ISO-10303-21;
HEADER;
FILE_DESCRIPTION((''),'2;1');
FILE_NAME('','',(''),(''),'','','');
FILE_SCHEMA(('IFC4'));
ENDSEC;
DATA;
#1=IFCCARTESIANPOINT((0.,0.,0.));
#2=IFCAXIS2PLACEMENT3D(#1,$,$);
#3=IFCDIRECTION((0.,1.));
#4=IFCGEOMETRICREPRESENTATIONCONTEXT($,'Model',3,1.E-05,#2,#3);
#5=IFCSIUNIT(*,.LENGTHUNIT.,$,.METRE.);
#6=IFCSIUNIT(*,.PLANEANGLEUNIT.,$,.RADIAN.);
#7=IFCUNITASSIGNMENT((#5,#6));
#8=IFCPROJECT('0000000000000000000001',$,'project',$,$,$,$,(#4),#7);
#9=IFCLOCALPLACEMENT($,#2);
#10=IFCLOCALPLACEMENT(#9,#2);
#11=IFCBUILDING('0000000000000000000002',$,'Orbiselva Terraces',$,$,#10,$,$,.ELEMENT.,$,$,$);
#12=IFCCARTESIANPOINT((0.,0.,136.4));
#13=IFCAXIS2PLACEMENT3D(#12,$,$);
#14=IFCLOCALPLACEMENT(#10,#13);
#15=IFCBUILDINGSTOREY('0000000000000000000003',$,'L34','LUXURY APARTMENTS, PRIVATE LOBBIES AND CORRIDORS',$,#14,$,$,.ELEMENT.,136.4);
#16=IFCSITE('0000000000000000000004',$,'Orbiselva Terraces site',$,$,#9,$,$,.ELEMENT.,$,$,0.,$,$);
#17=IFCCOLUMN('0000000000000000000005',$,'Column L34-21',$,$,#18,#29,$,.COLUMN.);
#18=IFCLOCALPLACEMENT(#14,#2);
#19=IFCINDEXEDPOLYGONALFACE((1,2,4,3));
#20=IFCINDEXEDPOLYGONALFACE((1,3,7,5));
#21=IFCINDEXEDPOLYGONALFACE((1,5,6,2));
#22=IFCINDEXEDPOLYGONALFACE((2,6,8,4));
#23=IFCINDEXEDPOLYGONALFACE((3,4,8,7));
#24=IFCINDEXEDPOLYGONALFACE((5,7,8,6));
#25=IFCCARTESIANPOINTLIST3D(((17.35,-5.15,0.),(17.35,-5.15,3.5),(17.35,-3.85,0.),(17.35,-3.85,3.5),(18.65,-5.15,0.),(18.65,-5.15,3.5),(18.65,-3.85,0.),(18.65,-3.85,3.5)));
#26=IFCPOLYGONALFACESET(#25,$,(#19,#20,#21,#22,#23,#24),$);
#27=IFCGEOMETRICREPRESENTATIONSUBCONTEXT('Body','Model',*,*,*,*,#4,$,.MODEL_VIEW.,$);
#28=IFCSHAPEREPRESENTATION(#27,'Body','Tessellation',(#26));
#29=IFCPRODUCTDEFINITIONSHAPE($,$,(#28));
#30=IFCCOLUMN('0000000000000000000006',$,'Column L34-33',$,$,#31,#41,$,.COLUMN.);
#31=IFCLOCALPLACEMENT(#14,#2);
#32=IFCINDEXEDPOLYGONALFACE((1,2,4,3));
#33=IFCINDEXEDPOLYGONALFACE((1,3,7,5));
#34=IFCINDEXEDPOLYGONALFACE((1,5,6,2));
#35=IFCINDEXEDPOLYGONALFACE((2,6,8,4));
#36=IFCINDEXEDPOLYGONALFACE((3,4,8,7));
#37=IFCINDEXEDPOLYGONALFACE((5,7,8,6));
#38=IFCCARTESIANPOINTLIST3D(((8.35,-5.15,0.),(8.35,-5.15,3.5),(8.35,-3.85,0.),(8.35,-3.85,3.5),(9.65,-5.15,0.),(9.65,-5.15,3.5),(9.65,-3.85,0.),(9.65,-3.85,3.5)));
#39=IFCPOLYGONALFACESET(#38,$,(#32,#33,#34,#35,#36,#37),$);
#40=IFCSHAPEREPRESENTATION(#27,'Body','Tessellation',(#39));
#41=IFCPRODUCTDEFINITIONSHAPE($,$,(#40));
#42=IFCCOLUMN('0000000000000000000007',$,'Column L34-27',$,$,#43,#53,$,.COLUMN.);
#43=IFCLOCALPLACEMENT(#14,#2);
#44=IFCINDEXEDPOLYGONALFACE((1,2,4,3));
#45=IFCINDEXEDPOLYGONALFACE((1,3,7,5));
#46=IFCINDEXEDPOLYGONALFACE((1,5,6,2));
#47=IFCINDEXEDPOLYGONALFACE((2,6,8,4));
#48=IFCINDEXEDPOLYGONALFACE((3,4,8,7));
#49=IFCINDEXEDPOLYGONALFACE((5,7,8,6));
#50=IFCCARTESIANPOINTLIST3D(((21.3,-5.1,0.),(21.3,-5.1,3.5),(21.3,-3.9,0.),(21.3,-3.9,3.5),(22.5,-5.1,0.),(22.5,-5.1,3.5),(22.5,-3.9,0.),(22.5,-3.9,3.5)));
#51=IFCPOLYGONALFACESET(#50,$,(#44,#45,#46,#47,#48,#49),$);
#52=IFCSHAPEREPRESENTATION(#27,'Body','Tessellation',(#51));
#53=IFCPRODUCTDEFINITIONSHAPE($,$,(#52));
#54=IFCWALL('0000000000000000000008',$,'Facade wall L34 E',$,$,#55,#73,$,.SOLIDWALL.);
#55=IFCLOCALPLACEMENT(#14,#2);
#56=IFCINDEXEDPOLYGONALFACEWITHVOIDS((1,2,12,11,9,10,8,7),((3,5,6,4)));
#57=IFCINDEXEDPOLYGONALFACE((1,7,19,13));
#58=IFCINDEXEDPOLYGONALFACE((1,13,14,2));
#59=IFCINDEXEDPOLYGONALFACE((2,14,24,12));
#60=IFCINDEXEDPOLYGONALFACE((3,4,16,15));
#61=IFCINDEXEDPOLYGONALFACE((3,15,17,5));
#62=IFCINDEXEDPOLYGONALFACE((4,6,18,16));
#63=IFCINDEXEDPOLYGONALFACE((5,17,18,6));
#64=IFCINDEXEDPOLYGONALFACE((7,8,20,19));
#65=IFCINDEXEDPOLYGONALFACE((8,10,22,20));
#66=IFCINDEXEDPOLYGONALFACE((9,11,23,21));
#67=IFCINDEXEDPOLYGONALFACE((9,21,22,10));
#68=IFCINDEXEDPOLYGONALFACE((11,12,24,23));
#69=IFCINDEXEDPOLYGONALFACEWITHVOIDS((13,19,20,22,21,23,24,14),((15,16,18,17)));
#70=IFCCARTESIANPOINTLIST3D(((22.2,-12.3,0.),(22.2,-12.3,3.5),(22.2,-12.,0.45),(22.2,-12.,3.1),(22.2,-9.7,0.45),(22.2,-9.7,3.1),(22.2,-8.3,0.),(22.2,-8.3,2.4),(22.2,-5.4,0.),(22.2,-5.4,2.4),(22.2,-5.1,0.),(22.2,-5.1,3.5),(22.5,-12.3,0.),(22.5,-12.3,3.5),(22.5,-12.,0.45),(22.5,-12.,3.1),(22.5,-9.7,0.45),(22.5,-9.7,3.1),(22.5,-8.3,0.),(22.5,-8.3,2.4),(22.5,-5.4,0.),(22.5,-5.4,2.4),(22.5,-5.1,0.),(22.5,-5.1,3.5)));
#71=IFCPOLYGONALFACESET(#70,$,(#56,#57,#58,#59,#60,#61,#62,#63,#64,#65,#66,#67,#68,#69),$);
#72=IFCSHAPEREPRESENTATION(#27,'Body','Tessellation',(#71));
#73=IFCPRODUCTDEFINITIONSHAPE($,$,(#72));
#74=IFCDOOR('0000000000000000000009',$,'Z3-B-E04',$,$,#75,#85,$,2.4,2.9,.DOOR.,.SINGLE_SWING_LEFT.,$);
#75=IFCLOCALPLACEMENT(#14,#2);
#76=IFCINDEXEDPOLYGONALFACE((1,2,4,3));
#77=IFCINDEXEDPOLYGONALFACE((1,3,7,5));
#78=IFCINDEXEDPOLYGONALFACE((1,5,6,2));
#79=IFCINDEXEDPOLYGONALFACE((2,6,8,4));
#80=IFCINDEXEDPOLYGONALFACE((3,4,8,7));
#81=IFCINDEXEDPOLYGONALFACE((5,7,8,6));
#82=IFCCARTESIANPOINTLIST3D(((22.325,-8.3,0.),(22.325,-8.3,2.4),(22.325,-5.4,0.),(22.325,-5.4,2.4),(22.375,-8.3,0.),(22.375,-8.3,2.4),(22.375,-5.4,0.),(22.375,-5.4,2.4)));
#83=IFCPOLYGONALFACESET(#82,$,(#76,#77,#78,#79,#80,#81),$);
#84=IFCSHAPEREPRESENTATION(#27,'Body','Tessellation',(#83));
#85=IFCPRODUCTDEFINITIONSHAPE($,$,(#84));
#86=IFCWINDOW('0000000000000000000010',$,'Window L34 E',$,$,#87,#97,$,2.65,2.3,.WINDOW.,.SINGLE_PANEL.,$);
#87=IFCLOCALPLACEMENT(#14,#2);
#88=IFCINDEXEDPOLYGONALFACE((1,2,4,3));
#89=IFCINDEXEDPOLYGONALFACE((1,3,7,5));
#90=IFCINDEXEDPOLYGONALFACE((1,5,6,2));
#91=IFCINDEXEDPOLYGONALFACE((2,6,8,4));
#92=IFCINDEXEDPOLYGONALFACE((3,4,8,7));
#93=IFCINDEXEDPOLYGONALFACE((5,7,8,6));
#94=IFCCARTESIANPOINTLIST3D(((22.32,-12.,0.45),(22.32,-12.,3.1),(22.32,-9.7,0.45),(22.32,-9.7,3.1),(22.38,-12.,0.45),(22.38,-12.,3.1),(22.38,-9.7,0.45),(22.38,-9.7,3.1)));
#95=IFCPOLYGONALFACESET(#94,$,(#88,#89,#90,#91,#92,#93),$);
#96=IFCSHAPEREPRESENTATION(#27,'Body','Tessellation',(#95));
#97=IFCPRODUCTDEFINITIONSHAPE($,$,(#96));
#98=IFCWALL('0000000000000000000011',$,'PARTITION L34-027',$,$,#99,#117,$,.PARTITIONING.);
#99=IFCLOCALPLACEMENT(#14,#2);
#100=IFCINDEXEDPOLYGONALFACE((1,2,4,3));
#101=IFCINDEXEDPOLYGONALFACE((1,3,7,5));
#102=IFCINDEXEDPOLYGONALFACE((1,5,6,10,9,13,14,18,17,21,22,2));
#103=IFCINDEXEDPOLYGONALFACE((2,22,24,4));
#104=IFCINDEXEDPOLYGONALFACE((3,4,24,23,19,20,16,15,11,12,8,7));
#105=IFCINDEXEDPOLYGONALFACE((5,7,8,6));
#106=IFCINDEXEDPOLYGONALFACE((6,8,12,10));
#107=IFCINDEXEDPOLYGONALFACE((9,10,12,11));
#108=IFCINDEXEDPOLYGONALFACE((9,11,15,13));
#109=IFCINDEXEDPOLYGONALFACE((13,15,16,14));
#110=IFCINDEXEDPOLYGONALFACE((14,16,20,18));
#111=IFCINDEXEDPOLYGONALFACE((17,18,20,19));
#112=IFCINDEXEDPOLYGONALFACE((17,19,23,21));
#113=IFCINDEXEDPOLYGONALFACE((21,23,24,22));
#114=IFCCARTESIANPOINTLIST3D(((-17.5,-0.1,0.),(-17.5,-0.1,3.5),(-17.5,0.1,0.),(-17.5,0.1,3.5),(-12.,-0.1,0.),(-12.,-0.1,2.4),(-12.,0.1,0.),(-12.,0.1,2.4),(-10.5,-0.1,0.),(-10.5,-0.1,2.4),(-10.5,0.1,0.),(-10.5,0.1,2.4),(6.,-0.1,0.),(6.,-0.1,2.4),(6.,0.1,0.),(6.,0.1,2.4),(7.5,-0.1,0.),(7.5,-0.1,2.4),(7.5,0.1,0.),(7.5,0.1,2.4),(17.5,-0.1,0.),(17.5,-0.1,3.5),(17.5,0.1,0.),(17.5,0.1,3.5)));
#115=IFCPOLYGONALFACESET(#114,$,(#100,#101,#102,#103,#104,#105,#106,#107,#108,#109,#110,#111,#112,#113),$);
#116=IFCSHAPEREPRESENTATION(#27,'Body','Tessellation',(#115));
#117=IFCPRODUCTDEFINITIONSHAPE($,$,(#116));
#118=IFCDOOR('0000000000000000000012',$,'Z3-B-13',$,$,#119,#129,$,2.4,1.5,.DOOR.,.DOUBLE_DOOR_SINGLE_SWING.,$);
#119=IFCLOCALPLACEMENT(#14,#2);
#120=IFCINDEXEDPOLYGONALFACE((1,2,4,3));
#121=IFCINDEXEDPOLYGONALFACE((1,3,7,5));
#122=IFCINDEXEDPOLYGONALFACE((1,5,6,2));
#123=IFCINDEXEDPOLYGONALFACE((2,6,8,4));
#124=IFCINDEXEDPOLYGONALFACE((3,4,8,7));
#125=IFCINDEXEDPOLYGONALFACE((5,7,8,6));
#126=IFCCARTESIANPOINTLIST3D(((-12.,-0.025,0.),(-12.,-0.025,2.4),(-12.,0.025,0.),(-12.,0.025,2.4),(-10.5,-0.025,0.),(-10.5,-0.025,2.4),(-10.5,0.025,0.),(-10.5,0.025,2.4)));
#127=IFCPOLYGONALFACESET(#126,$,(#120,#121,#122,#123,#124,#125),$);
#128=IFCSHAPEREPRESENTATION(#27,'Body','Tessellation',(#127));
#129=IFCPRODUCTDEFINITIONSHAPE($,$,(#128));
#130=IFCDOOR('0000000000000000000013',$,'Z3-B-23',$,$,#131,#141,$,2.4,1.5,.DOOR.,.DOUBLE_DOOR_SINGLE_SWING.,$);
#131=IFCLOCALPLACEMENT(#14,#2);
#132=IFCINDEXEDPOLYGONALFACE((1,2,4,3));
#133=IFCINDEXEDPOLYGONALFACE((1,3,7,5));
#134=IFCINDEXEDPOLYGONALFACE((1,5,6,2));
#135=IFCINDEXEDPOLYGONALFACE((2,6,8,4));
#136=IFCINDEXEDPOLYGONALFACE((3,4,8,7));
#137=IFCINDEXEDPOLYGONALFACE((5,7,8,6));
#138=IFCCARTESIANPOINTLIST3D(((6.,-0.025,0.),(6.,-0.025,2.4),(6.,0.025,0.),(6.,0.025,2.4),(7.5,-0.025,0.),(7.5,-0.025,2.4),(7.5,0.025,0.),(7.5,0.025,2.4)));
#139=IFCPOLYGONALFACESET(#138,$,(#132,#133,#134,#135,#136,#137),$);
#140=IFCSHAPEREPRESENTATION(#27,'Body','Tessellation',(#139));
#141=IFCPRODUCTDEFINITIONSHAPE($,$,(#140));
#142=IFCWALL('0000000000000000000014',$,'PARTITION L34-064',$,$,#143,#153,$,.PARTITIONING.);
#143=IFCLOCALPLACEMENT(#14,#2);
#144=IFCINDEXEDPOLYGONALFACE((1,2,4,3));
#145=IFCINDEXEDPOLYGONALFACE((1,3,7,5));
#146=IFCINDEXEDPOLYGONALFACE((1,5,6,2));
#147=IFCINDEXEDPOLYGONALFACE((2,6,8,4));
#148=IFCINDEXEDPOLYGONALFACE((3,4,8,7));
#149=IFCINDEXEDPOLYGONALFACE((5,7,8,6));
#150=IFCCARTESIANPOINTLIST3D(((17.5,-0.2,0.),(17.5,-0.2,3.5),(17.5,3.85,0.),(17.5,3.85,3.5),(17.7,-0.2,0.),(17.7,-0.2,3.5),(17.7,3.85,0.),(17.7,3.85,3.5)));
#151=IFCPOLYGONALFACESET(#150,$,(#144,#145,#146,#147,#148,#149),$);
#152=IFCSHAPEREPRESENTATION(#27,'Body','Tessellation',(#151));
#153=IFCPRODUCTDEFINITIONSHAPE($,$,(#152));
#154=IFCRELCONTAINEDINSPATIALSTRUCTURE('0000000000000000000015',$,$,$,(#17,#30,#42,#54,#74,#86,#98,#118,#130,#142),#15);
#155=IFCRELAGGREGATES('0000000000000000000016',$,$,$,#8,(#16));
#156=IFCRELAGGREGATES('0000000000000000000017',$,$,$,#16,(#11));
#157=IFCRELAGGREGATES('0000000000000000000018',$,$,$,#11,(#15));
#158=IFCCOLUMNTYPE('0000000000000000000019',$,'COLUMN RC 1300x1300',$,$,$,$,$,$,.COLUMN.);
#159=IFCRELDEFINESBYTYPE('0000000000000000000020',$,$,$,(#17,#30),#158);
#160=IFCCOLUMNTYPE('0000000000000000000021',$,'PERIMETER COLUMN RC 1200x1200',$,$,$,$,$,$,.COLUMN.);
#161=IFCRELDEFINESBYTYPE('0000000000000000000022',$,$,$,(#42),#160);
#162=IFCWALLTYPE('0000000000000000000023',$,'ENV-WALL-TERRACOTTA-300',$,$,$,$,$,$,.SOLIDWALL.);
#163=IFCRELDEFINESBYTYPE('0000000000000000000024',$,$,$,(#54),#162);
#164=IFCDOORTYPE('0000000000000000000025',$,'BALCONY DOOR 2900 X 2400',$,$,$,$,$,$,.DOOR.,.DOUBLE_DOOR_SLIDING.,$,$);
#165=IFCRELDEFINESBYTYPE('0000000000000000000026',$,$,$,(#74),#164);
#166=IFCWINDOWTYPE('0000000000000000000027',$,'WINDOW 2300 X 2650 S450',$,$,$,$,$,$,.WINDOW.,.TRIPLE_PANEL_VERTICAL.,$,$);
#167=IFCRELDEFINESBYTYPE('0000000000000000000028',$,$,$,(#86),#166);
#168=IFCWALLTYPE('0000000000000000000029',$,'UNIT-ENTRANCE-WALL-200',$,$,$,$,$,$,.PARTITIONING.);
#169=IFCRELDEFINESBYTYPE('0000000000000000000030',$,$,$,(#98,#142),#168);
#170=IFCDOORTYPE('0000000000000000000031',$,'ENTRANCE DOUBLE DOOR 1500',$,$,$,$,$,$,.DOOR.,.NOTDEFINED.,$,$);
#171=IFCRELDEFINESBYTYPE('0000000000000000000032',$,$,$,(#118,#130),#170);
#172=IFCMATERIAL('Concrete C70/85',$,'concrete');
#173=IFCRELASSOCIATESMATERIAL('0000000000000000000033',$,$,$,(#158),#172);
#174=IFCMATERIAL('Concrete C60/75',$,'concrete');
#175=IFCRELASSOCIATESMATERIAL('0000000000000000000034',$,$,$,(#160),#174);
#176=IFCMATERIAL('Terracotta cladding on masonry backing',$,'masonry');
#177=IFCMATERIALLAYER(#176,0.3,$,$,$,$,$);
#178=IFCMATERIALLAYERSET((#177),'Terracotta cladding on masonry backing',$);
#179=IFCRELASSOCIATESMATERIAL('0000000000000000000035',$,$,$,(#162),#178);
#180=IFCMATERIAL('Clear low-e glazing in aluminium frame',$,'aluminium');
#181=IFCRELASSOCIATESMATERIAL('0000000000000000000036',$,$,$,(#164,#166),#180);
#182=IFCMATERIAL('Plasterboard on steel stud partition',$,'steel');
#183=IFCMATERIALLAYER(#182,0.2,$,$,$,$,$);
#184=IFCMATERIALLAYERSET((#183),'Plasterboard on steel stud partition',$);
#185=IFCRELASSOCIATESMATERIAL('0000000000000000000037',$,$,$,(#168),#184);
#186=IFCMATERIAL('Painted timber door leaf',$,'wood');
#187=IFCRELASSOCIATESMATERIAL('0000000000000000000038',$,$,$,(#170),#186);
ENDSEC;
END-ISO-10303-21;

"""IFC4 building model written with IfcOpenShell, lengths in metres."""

from ifc_helpers import new_model, si_unit, direction, frame, frame_2d, origin, origin_2d, place, context, subcontext, project, spatial, rectangle, extrude, material, layer, layer_set, material_profile, profile_set, type_object, element, fill, save


model = new_model("IFC4")

# Units and contexts
model_context = context("Model", 3, precision=1e-05, world=origin(), true_north=direction((0.0, 1.0)))
body_context = subcontext(model_context, "Body", "Model", "MODEL_VIEW")
ifc_project = project(units=[si_unit("LENGTHUNIT", "METRE"), si_unit("PLANEANGLEUNIT", "RADIAN")], contexts=[model_context])

# Site, building, storey
site_placement = place(None, origin())
site = spatial("IfcSite", under=ifc_project, at=site_placement, Name="Orbiselva Terraces site", CompositionType="ELEMENT", RefElevation=0.0)
building_placement = place(site_placement, origin())
building = spatial("IfcBuilding", under=site, at=building_placement, Name="Orbiselva Terraces", CompositionType="ELEMENT")
storey_placement = place(building_placement, frame((0.0, 0.0, 136.4)))
storey = spatial("IfcBuildingStorey", under=building, at=storey_placement, Name="L34", Description="LUXURY APARTMENTS, PRIVATE LOBBIES AND CORRIDORS", CompositionType="ELEMENT", Elevation=136.4)

# Columns
ifc_material_1 = material(Name="Concrete C70/85", Category="concrete")
ifc_material_profile_1 = material_profile(ifc_material_1, rectangle(XDim=1.3, YDim=1.3, at=origin_2d()), Name="RC 1300x1300")
ifc_profile_set_1 = profile_set([ifc_material_profile_1], Name="Concrete C70/85")
column_type_1 = type_object("IfcColumnType", Name="COLUMN RC 1300x1300", PredefinedType="COLUMN", material=ifc_profile_set_1)
for number, where, z_axis, x_axis, name in (
    (1, (18.0, -4.5, 0.0), (0.0, 0.0, 1.0), (1.0, 0.0, 0.0), "Column L34-21"),
    (2, (9.0, -4.5, 0.0), (0.0, 0.0, 1.0), (1.0, 0.0, 0.0), "Column L34-33"),
):
    element("IfcColumn", number, at=place(storey_placement, frame(where, z_axis=z_axis, x_axis=x_axis)), inside=storey, type_object=column_type_1, Name=name, PredefinedType="COLUMN", context=body_context, shape_type="SweptSolid", body=[
        extrude(rectangle(XDim=1.3, YDim=1.3, at=origin_2d()), origin(), (0.0, 0.0, 1.0), 3.5),
    ])
ifc_material_2 = material(Name="Concrete C60/75", Category="concrete")
ifc_material_profile_2 = material_profile(ifc_material_2, rectangle(XDim=1.2, YDim=1.2, at=origin_2d()), Name="RC 1200x1200")
ifc_profile_set_2 = profile_set([ifc_material_profile_2], Name="Concrete C60/75")
column_type_2 = type_object("IfcColumnType", Name="PERIMETER COLUMN RC 1200x1200", PredefinedType="COLUMN", material=ifc_profile_set_2)
column_placement = place(storey_placement, frame((21.9, -4.5, 0.0), z_axis=(0.0, 0.0, 1.0), x_axis=(1.0, 0.0, 0.0)))
element("IfcColumn", 3, at=column_placement, inside=storey, type_object=column_type_2, Name="Column L34-27", PredefinedType="COLUMN", context=body_context, shape_type="SweptSolid", body=[
    extrude(rectangle(XDim=1.2, YDim=1.2, at=origin_2d()), origin(), (0.0, 0.0, 1.0), 3.5),
])

# Wall, openings, door, window
ifc_material_3 = material(Name="Terracotta cladding on masonry backing", Category="masonry")
ifc_layer_1 = layer(ifc_material_3, 0.3)
ifc_layer_set_1 = layer_set([ifc_layer_1], Name="Terracotta cladding on masonry backing")
wall_type_1 = type_object("IfcWallType", Name="ENV-WALL-TERRACOTTA-300", PredefinedType="SOLIDWALL", material=ifc_layer_set_1)
wall_1_placement = place(storey_placement, frame((22.35, -5.1, 0.0), z_axis=(0.0, 0.0, 1.0), x_axis=(0.0, -1.0, 0.0)))
wall_1 = element("IfcWall", 4, at=wall_1_placement, inside=storey, type_object=wall_type_1, Name="Facade wall L34 E", PredefinedType="SOLIDWALL", context=body_context, shape_type="SweptSolid", body=[
    extrude(rectangle(XDim=7.2, YDim=0.3, at=frame_2d((3.6, 0.0))), origin(), (0.0, 0.0, 1.0), 3.5),
])
opening_1_placement = place(wall_1_placement, frame((4.6, 0.0, 0.45)))
opening_1 = element("IfcOpeningElement", 5, at=opening_1_placement, cuts=wall_1, PredefinedType="OPENING", context=body_context, shape_type="SweptSolid", body=[
    extrude(rectangle(XDim=2.3, YDim=2.65, at=frame_2d((1.15, 1.325))), frame((0.0, 0.16, 0.0), z_axis=(0.0, -1.0, 0.0), x_axis=(1.0, 0.0, 0.0)), (0.0, 0.0, 1.0), 0.32),
])
opening_2_placement = place(wall_1_placement, frame((0.3, 0.0, 0.0)))
opening_2 = element("IfcOpeningElement", 6, at=opening_2_placement, cuts=wall_1, PredefinedType="OPENING", context=body_context, shape_type="SweptSolid", body=[
    extrude(rectangle(XDim=2.9, YDim=2.4, at=frame_2d((1.45, 1.2))), frame((0.0, 0.16, 0.0), z_axis=(0.0, -1.0, 0.0), x_axis=(1.0, 0.0, 0.0)), (0.0, 0.0, 1.0), 0.32),
])
ifc_material_4 = material(Name="Clear low-e glazing in aluminium frame", Category="aluminium")
door_type_1 = type_object("IfcDoorType", Name="BALCONY DOOR 2900 X 2400", OperationType="DOUBLE_DOOR_SLIDING", PredefinedType="DOOR", material=ifc_material_4)
door_1_placement = place(opening_2_placement, origin())
door_1 = element("IfcDoor", 7, at=door_1_placement, inside=storey, type_object=door_type_1, Name="Z3-B-E04", OperationType="SINGLE_SWING_LEFT", OverallHeight=2.4, OverallWidth=2.9, PredefinedType="DOOR", context=body_context, shape_type="SweptSolid", body=[
    extrude(rectangle(XDim=2.9, YDim=2.4, at=frame_2d((1.45, 1.2))), frame((0.0, 0.025, 0.0), z_axis=(0.0, -1.0, 0.0), x_axis=(1.0, 0.0, 0.0)), (0.0, 0.0, 1.0), 0.05),
])
fill(opening_2, door_1)
window_type = type_object("IfcWindowType", Name="WINDOW 2300 X 2650 S450", PartitioningType="TRIPLE_PANEL_VERTICAL", PredefinedType="WINDOW", material=ifc_material_4)
window_placement = place(opening_1_placement, origin())
window = element("IfcWindow", 8, at=window_placement, inside=storey, type_object=window_type, Name="Window L34 E", OverallHeight=2.65, OverallWidth=2.3, PartitioningType="SINGLE_PANEL", PredefinedType="WINDOW", context=body_context, shape_type="SweptSolid", body=[
    extrude(rectangle(XDim=2.3, YDim=2.65, at=frame_2d((1.15, 1.325))), frame((0.0, 0.03, 0.0), z_axis=(0.0, -1.0, 0.0), x_axis=(1.0, 0.0, 0.0)), (0.0, 0.0, 1.0), 0.06),
])
fill(opening_1, window)

# Wall, openings, doors
ifc_material_5 = material(Name="Plasterboard on steel stud partition", Category="steel")
ifc_layer_2 = layer(ifc_material_5, 0.2)
ifc_layer_set_2 = layer_set([ifc_layer_2], Name="Plasterboard on steel stud partition")
wall_type_2 = type_object("IfcWallType", Name="UNIT-ENTRANCE-WALL-200", PredefinedType="PARTITIONING", material=ifc_layer_set_2)
wall_2_placement = place(storey_placement, frame((17.5, 0.0, 0.0), z_axis=(0.0, 0.0, 1.0), x_axis=(-1.0, 0.0, 0.0)))
wall_2 = element("IfcWall", 9, at=wall_2_placement, inside=storey, type_object=wall_type_2, Name="PARTITION L34-027", PredefinedType="PARTITIONING", context=body_context, shape_type="SweptSolid", body=[
    extrude(rectangle(XDim=35.0, YDim=0.2, at=frame_2d((17.5, 0.0))), origin(), (0.0, 0.0, 1.0), 3.5),
])
opening_3_placement = place(wall_2_placement, frame((28.0, 0.0, 0.0)))
opening_3 = element("IfcOpeningElement", 10, at=opening_3_placement, cuts=wall_2, PredefinedType="OPENING", context=body_context, shape_type="SweptSolid", body=[
    extrude(rectangle(XDim=1.5, YDim=2.4, at=frame_2d((0.75, 1.2))), frame((0.0, 0.11, 0.0), z_axis=(0.0, -1.0, 0.0), x_axis=(1.0, 0.0, 0.0)), (0.0, 0.0, 1.0), 0.22),
])
opening_4_placement = place(wall_2_placement, frame((10.0, 0.0, 0.0)))
opening_4 = element("IfcOpeningElement", 11, at=opening_4_placement, cuts=wall_2, PredefinedType="OPENING", context=body_context, shape_type="SweptSolid", body=[
    extrude(rectangle(XDim=1.5, YDim=2.4, at=frame_2d((0.75, 1.2))), frame((0.0, 0.11, 0.0), z_axis=(0.0, -1.0, 0.0), x_axis=(1.0, 0.0, 0.0)), (0.0, 0.0, 1.0), 0.22),
])
ifc_material_6 = material(Name="Painted timber door leaf", Category="wood")
door_type_2 = type_object("IfcDoorType", Name="ENTRANCE DOUBLE DOOR 1500", OperationType="NOTDEFINED", PredefinedType="DOOR", material=ifc_material_6)
door_2_placement = place(opening_3_placement, origin())
door_2 = element("IfcDoor", 12, at=door_2_placement, inside=storey, type_object=door_type_2, Name="Z3-B-13", OperationType="DOUBLE_DOOR_SINGLE_SWING", OverallHeight=2.4, OverallWidth=1.5, PredefinedType="DOOR", context=body_context, shape_type="SweptSolid", body=[
    extrude(rectangle(XDim=1.5, YDim=2.4, at=frame_2d((0.75, 1.2))), frame((0.0, 0.025, 0.0), z_axis=(0.0, -1.0, 0.0), x_axis=(1.0, 0.0, 0.0)), (0.0, 0.0, 1.0), 0.05),
])
fill(opening_3, door_2)
door_3_placement = place(opening_4_placement, origin())
door_3 = element("IfcDoor", 13, at=door_3_placement, inside=storey, type_object=door_type_2, Name="Z3-B-23", OperationType="DOUBLE_DOOR_SINGLE_SWING", OverallHeight=2.4, OverallWidth=1.5, PredefinedType="DOOR", context=body_context, shape_type="SweptSolid", body=[
    extrude(rectangle(XDim=1.5, YDim=2.4, at=frame_2d((0.75, 1.2))), frame((0.0, 0.025, 0.0), z_axis=(0.0, -1.0, 0.0), x_axis=(1.0, 0.0, 0.0)), (0.0, 0.0, 1.0), 0.05),
])
fill(opening_4, door_3)

# Wall
wall_3_placement = place(storey_placement, frame((17.6, -0.2, 0.0), z_axis=(0.0, 0.0, 1.0), x_axis=(0.0, 1.0, 0.0)))
element("IfcWall", 14, at=wall_3_placement, inside=storey, type_object=wall_type_2, Name="PARTITION L34-064", PredefinedType="PARTITIONING", context=body_context, shape_type="SweptSolid", body=[
    extrude(rectangle(XDim=4.05, YDim=0.2, at=frame_2d((2.025, 0.0))), origin(), (0.0, 0.0, 1.0), 3.5),
])

save(model, "model.ifc")
